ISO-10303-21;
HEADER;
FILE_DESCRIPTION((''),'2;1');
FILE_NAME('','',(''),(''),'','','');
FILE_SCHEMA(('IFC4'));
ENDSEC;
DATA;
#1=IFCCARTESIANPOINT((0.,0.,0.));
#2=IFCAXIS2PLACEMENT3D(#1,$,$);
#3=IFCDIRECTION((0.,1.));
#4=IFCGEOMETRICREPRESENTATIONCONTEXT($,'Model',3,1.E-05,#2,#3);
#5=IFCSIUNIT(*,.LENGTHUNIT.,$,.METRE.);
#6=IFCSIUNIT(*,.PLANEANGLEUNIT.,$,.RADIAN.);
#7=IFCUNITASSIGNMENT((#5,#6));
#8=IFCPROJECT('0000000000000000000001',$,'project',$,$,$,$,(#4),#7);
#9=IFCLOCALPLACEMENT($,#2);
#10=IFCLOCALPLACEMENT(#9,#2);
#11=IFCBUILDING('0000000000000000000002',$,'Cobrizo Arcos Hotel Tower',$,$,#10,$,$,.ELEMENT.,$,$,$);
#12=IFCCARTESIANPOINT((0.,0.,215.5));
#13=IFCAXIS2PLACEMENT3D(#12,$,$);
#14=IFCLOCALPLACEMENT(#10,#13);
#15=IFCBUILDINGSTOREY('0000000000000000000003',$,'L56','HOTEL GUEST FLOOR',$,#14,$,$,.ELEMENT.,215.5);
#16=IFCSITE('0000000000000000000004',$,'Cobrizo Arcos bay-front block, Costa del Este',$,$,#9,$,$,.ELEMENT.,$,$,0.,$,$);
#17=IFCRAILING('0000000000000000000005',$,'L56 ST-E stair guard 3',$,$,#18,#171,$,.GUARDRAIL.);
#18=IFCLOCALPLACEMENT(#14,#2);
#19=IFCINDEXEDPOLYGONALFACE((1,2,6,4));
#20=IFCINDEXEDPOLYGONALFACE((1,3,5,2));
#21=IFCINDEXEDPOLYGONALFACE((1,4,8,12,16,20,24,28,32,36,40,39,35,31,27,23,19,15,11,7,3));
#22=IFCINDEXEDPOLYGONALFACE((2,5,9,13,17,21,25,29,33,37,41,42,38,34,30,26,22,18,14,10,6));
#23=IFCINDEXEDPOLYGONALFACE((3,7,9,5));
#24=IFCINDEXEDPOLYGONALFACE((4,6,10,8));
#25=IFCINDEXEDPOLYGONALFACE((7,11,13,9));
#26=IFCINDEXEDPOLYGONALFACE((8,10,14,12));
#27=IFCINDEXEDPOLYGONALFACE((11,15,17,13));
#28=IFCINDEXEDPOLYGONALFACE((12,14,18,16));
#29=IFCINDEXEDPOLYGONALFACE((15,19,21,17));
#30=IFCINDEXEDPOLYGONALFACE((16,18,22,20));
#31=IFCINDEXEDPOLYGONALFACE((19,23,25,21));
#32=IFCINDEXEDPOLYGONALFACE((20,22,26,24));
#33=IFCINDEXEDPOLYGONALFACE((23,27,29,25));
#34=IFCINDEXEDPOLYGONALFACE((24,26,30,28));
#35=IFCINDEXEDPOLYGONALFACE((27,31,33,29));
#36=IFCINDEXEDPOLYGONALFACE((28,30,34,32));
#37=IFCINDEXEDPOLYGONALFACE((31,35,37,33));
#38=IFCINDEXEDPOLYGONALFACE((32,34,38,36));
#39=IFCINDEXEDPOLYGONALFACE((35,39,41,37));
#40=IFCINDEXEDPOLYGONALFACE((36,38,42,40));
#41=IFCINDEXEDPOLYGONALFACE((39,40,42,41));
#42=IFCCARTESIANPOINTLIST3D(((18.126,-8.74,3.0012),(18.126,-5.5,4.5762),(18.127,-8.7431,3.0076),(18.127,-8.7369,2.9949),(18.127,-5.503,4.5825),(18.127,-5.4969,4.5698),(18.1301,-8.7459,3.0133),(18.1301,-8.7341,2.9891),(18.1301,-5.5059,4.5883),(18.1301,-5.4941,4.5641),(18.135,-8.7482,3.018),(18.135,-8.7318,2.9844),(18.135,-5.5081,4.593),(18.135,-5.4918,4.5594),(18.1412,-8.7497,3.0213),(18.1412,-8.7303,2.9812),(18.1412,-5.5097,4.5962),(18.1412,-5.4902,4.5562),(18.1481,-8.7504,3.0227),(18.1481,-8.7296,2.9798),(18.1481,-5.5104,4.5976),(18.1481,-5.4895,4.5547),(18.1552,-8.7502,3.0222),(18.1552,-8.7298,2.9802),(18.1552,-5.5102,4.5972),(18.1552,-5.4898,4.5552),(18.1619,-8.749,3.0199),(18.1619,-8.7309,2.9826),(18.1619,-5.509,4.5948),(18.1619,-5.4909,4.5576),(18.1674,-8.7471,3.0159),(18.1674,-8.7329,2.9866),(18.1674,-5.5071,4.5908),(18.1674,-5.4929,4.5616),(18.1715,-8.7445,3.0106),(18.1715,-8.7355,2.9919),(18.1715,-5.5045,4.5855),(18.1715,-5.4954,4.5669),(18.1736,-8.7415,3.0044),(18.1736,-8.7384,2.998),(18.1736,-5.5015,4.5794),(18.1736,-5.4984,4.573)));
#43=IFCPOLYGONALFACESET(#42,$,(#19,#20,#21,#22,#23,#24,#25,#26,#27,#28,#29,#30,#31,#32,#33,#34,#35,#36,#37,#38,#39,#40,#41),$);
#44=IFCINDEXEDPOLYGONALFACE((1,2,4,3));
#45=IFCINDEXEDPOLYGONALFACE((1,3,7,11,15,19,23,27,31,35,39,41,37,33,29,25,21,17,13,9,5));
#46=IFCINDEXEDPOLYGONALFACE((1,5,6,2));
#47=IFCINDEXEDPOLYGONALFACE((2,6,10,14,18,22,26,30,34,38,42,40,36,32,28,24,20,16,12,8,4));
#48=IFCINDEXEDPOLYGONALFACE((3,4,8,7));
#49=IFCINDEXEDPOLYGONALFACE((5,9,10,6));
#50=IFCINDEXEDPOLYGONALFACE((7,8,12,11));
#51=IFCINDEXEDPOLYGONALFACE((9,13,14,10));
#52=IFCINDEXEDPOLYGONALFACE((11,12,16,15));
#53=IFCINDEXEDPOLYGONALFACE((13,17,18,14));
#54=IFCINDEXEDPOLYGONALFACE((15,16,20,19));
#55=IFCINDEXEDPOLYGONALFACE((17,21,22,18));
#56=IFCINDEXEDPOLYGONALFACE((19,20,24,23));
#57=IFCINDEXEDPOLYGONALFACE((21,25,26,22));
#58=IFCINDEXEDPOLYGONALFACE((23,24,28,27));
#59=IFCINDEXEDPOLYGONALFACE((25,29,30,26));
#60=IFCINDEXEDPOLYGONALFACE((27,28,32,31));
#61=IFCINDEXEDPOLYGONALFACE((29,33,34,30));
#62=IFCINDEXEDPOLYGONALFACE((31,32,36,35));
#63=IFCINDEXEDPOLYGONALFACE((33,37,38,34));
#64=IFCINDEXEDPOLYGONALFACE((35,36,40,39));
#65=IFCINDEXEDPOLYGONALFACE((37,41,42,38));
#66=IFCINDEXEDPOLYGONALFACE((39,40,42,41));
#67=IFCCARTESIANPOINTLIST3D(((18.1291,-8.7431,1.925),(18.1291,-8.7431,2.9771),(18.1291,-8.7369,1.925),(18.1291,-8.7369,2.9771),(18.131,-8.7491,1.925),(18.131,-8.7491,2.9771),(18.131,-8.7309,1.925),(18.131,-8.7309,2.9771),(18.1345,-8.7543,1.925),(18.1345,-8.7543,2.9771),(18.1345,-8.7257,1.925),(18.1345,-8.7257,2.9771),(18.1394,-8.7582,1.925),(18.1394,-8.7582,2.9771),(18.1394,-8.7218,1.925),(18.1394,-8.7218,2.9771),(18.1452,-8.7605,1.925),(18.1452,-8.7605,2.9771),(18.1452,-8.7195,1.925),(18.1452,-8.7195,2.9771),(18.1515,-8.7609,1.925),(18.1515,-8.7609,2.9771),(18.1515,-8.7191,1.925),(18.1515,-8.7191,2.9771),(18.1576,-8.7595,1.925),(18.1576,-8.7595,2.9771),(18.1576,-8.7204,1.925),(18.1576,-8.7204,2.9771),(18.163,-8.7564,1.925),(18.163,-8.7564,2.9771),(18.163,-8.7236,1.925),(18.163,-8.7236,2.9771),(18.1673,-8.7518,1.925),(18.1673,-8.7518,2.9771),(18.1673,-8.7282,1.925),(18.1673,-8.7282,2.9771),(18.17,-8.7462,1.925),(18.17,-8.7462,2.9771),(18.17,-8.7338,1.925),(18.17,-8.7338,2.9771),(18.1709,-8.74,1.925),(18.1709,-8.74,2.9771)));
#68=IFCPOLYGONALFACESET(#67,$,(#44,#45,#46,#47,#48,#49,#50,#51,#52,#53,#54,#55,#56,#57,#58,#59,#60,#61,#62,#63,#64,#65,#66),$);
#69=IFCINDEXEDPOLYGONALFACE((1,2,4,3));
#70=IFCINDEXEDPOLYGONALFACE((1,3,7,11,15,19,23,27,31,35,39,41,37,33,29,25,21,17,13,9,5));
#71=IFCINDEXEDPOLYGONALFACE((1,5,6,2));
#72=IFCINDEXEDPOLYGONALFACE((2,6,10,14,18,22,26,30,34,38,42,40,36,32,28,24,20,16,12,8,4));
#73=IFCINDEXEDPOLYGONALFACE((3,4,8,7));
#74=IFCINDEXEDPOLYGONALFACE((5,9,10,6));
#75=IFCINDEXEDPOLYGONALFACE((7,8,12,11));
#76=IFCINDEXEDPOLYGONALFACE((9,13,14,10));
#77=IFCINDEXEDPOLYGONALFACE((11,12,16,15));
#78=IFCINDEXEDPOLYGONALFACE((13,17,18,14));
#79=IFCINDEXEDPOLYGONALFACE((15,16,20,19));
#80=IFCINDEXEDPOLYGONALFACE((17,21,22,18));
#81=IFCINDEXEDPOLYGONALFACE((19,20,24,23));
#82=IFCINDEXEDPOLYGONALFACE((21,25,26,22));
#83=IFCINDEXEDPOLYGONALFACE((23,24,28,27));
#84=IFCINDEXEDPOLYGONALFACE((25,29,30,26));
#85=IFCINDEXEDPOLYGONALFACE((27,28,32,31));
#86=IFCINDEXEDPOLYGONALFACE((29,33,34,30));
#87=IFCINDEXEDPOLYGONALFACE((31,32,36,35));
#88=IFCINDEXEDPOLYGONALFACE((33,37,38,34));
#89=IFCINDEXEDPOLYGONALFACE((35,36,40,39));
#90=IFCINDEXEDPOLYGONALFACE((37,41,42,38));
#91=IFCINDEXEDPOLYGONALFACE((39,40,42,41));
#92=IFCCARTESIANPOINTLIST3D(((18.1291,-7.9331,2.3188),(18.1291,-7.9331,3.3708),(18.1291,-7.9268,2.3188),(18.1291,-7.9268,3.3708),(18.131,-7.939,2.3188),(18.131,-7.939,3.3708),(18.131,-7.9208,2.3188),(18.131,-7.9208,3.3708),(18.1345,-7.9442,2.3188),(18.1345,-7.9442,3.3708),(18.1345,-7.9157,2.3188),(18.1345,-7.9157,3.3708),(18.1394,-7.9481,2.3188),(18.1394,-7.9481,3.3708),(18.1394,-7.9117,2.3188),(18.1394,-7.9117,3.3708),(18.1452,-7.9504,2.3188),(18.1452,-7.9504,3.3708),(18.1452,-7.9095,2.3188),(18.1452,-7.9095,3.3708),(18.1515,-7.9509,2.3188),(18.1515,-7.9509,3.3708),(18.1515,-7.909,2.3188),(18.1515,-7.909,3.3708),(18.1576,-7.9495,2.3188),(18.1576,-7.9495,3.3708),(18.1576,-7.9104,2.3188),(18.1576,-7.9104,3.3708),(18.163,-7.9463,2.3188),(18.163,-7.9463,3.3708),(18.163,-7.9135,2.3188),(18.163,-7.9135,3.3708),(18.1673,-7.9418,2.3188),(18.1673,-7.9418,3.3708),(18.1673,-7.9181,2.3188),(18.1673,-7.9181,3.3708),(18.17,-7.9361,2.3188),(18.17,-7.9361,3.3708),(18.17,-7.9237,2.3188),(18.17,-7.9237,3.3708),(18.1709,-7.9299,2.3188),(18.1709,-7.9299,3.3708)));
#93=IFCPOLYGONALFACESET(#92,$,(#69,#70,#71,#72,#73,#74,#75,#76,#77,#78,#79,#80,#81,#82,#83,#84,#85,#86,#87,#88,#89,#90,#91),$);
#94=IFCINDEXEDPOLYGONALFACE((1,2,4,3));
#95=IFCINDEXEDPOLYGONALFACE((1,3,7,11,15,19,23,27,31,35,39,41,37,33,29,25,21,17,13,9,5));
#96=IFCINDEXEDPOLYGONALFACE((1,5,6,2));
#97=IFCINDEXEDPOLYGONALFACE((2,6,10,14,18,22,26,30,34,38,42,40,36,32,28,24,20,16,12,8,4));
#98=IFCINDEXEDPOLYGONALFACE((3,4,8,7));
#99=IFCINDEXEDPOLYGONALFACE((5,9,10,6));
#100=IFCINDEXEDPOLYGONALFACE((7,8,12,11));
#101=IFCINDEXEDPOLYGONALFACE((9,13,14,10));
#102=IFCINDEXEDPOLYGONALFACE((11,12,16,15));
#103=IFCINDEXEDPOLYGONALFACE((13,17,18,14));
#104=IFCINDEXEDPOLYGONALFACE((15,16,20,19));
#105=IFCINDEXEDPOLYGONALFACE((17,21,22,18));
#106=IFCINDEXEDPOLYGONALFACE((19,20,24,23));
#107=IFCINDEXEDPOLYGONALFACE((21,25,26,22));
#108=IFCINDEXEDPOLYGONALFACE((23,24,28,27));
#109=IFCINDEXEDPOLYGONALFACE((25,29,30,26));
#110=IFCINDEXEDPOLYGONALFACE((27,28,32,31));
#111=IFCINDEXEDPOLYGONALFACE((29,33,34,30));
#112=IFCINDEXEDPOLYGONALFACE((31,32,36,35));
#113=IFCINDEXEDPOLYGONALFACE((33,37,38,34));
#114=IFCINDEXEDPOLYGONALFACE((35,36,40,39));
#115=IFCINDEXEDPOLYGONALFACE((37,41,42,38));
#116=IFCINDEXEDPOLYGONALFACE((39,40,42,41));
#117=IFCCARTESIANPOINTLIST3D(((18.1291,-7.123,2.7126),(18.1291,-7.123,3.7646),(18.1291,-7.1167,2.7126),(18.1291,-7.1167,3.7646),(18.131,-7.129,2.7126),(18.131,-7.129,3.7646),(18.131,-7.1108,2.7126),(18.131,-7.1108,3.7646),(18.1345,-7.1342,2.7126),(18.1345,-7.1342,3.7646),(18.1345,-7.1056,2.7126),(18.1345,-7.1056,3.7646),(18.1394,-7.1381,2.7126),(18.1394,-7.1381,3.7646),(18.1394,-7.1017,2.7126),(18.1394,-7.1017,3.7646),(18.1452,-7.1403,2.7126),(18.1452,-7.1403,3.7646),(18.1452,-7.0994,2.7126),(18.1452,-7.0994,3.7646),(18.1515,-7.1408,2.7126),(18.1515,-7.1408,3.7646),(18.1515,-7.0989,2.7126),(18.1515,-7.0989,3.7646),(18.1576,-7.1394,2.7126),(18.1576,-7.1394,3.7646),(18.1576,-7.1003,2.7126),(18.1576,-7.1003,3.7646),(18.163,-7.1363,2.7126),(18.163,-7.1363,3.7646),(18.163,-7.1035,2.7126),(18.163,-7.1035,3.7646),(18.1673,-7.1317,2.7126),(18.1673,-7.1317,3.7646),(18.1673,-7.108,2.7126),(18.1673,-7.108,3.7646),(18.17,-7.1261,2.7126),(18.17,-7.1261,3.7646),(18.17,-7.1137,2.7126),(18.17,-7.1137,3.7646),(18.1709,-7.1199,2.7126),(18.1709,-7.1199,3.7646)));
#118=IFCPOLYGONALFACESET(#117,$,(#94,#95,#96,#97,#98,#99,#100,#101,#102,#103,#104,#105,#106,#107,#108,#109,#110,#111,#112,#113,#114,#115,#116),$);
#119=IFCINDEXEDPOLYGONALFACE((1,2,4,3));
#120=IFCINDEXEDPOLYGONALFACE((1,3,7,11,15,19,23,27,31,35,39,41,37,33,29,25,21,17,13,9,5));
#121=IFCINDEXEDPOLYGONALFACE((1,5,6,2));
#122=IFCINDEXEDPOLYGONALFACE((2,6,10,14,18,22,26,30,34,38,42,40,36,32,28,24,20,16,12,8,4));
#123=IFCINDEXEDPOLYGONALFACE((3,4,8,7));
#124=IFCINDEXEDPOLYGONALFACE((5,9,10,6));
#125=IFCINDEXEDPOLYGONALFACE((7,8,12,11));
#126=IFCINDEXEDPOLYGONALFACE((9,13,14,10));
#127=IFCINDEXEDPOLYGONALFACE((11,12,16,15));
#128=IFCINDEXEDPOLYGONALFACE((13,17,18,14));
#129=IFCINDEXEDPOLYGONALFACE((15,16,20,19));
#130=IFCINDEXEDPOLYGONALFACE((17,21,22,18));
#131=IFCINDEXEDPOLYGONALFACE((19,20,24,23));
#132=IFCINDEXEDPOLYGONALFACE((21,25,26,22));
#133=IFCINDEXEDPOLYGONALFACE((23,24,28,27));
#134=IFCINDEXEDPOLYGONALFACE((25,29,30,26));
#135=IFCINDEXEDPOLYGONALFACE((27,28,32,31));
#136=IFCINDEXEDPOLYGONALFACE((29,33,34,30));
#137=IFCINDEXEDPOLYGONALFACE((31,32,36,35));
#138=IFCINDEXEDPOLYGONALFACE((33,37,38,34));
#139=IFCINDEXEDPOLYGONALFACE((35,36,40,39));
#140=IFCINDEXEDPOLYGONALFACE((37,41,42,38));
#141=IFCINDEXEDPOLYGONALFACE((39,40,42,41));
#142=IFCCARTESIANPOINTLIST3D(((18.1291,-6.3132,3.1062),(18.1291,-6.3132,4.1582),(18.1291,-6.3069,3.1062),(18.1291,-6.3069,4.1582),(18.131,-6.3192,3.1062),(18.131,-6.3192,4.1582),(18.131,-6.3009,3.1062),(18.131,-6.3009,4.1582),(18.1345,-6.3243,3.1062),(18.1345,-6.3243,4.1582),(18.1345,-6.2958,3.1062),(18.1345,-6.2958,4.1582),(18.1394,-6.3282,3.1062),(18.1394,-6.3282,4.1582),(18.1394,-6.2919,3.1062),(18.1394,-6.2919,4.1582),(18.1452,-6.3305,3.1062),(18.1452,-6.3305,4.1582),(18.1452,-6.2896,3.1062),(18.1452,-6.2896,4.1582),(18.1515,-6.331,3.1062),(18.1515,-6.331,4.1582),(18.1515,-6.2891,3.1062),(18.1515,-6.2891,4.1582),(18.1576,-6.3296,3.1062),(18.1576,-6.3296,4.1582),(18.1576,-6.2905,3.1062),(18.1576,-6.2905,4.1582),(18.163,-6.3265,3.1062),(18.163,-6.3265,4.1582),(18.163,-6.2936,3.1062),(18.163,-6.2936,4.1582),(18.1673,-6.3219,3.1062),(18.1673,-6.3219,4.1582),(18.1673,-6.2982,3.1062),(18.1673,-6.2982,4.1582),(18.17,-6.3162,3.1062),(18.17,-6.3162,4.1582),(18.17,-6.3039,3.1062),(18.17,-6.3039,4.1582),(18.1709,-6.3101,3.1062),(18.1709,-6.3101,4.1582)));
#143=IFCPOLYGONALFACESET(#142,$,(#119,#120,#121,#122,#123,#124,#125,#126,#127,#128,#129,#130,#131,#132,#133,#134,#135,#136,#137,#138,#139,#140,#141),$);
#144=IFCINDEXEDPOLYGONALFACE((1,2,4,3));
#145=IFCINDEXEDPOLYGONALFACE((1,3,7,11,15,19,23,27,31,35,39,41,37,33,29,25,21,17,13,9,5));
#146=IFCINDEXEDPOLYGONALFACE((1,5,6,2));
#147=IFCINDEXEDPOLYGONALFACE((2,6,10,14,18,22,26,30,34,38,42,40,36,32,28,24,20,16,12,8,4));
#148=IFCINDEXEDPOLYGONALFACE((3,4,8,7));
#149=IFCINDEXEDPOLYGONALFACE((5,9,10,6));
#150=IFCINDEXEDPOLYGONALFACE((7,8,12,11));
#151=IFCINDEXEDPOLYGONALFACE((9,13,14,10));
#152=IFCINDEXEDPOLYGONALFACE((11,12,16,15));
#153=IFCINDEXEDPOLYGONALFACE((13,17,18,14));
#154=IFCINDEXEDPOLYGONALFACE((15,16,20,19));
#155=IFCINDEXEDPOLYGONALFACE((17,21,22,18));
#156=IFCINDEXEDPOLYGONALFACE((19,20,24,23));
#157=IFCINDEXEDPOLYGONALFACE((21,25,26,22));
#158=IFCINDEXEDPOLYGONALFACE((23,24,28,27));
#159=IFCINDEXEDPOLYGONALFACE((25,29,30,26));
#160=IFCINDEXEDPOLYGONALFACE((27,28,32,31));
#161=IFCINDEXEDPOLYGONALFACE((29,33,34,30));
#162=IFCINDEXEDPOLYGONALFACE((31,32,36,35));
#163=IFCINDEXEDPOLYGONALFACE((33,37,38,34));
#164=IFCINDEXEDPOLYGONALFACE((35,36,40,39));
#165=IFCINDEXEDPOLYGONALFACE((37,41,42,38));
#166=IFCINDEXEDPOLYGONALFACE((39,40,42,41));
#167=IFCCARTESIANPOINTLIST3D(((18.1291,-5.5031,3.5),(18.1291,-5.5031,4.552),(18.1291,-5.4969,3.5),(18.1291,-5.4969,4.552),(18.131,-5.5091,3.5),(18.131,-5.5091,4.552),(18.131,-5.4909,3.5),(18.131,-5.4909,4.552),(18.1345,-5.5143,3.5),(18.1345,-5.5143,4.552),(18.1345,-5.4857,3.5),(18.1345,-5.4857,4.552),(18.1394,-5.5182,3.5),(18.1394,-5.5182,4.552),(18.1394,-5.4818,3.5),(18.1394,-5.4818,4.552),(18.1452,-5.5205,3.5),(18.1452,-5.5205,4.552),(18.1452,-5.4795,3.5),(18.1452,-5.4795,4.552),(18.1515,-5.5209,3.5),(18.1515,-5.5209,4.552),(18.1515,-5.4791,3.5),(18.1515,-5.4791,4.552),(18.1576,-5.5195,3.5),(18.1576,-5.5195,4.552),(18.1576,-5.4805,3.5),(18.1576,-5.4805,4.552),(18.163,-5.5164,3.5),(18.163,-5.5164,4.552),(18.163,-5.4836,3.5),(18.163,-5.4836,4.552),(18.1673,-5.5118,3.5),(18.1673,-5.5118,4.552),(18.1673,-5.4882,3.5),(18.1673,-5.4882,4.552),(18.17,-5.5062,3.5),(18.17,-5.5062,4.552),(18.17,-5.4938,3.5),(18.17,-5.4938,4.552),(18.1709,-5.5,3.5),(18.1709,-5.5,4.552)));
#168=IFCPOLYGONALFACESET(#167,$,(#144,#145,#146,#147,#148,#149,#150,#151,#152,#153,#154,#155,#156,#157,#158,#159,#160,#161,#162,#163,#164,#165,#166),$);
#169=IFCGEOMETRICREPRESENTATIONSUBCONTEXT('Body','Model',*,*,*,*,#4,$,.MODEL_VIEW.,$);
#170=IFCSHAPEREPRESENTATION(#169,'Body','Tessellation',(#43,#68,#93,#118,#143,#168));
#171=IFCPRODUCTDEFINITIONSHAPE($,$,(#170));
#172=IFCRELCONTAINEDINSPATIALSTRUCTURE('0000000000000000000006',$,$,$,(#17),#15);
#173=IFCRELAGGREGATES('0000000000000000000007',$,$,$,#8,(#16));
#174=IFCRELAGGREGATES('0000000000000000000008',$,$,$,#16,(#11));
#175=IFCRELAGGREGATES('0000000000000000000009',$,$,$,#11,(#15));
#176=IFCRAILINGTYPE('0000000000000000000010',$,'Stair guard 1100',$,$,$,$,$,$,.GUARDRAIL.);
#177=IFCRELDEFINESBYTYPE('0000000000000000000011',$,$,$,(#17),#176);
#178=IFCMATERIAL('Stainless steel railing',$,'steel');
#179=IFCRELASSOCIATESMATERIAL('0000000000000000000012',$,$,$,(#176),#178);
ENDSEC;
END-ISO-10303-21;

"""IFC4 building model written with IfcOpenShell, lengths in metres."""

from ifc_helpers import new_model, si_unit, direction, frame, origin, origin_2d, place, context, subcontext, project, spatial, circle, extrude, material, type_object, element, save


model = new_model("IFC4")

# Units and contexts
model_context = context("Model", 3, precision=1e-05, world=origin(), true_north=direction((0.0, 1.0)))
body_context = subcontext(model_context, "Body", "Model", "MODEL_VIEW")
ifc_project = project(units=[si_unit("LENGTHUNIT", "METRE"), si_unit("PLANEANGLEUNIT", "RADIAN")], contexts=[model_context])

# Site, building, storey
site_placement = place(None, origin())
site = spatial("IfcSite", under=ifc_project, at=site_placement, Name="Cobrizo Arcos bay-front block, Costa del Este", CompositionType="ELEMENT", RefElevation=0.0)
building_placement = place(site_placement, origin())
building = spatial("IfcBuilding", under=site, at=building_placement, Name="Cobrizo Arcos Hotel Tower", CompositionType="ELEMENT")
storey_placement = place(building_placement, frame((0.0, 0.0, 215.5)))
storey = spatial("IfcBuildingStorey", under=building, at=storey_placement, Name="L56", Description="HOTEL GUEST FLOOR", CompositionType="ELEMENT", Elevation=215.5)

# Railing
ifc_material_1 = material(Name="Stainless steel railing", Category="steel")
railing_type_1 = type_object("IfcRailingType", Name="Stair guard 1100", PredefinedType="GUARDRAIL", material=ifc_material_1)
railing_1_placement = place(storey_placement, frame((18.1499, -8.74, 1.925)))
element("IfcRailing", 1, at=railing_1_placement, inside=storey, type_object=railing_type_1, Name="L56 ST-E stair guard 3", PredefinedType="GUARDRAIL", context=body_context, shape_type="SweptSolid", body=[
    extrude(circle(Radius=0.0239, at=origin_2d()), frame((0.0, 0.0, 1.0762), z_axis=(0.0, 0.899373, 0.437183), x_axis=(-1.0, 0.0, 0.0)), (0.0, 0.0, 1.0), 3.6025),
    extrude(circle(Radius=0.021, at=origin_2d()), origin(), (0.0, 0.0, 1.0), 1.052),
    extrude(circle(Radius=0.021, at=origin_2d()), frame((0.0, 0.8101, 0.3938)), (0.0, 0.0, 1.0), 1.052),
    extrude(circle(Radius=0.021, at=origin_2d()), frame((0.0, 1.6201, 0.7876)), (0.0, 0.0, 1.0), 1.052),
    extrude(circle(Radius=0.021, at=origin_2d()), frame((0.0, 2.4299, 1.1812)), (0.0, 0.0, 1.0), 1.052),
    extrude(circle(Radius=0.021, at=origin_2d()), frame((0.0, 3.24, 1.575)), (0.0, 0.0, 1.0), 1.052),
])

save(model, "model.ifc")
